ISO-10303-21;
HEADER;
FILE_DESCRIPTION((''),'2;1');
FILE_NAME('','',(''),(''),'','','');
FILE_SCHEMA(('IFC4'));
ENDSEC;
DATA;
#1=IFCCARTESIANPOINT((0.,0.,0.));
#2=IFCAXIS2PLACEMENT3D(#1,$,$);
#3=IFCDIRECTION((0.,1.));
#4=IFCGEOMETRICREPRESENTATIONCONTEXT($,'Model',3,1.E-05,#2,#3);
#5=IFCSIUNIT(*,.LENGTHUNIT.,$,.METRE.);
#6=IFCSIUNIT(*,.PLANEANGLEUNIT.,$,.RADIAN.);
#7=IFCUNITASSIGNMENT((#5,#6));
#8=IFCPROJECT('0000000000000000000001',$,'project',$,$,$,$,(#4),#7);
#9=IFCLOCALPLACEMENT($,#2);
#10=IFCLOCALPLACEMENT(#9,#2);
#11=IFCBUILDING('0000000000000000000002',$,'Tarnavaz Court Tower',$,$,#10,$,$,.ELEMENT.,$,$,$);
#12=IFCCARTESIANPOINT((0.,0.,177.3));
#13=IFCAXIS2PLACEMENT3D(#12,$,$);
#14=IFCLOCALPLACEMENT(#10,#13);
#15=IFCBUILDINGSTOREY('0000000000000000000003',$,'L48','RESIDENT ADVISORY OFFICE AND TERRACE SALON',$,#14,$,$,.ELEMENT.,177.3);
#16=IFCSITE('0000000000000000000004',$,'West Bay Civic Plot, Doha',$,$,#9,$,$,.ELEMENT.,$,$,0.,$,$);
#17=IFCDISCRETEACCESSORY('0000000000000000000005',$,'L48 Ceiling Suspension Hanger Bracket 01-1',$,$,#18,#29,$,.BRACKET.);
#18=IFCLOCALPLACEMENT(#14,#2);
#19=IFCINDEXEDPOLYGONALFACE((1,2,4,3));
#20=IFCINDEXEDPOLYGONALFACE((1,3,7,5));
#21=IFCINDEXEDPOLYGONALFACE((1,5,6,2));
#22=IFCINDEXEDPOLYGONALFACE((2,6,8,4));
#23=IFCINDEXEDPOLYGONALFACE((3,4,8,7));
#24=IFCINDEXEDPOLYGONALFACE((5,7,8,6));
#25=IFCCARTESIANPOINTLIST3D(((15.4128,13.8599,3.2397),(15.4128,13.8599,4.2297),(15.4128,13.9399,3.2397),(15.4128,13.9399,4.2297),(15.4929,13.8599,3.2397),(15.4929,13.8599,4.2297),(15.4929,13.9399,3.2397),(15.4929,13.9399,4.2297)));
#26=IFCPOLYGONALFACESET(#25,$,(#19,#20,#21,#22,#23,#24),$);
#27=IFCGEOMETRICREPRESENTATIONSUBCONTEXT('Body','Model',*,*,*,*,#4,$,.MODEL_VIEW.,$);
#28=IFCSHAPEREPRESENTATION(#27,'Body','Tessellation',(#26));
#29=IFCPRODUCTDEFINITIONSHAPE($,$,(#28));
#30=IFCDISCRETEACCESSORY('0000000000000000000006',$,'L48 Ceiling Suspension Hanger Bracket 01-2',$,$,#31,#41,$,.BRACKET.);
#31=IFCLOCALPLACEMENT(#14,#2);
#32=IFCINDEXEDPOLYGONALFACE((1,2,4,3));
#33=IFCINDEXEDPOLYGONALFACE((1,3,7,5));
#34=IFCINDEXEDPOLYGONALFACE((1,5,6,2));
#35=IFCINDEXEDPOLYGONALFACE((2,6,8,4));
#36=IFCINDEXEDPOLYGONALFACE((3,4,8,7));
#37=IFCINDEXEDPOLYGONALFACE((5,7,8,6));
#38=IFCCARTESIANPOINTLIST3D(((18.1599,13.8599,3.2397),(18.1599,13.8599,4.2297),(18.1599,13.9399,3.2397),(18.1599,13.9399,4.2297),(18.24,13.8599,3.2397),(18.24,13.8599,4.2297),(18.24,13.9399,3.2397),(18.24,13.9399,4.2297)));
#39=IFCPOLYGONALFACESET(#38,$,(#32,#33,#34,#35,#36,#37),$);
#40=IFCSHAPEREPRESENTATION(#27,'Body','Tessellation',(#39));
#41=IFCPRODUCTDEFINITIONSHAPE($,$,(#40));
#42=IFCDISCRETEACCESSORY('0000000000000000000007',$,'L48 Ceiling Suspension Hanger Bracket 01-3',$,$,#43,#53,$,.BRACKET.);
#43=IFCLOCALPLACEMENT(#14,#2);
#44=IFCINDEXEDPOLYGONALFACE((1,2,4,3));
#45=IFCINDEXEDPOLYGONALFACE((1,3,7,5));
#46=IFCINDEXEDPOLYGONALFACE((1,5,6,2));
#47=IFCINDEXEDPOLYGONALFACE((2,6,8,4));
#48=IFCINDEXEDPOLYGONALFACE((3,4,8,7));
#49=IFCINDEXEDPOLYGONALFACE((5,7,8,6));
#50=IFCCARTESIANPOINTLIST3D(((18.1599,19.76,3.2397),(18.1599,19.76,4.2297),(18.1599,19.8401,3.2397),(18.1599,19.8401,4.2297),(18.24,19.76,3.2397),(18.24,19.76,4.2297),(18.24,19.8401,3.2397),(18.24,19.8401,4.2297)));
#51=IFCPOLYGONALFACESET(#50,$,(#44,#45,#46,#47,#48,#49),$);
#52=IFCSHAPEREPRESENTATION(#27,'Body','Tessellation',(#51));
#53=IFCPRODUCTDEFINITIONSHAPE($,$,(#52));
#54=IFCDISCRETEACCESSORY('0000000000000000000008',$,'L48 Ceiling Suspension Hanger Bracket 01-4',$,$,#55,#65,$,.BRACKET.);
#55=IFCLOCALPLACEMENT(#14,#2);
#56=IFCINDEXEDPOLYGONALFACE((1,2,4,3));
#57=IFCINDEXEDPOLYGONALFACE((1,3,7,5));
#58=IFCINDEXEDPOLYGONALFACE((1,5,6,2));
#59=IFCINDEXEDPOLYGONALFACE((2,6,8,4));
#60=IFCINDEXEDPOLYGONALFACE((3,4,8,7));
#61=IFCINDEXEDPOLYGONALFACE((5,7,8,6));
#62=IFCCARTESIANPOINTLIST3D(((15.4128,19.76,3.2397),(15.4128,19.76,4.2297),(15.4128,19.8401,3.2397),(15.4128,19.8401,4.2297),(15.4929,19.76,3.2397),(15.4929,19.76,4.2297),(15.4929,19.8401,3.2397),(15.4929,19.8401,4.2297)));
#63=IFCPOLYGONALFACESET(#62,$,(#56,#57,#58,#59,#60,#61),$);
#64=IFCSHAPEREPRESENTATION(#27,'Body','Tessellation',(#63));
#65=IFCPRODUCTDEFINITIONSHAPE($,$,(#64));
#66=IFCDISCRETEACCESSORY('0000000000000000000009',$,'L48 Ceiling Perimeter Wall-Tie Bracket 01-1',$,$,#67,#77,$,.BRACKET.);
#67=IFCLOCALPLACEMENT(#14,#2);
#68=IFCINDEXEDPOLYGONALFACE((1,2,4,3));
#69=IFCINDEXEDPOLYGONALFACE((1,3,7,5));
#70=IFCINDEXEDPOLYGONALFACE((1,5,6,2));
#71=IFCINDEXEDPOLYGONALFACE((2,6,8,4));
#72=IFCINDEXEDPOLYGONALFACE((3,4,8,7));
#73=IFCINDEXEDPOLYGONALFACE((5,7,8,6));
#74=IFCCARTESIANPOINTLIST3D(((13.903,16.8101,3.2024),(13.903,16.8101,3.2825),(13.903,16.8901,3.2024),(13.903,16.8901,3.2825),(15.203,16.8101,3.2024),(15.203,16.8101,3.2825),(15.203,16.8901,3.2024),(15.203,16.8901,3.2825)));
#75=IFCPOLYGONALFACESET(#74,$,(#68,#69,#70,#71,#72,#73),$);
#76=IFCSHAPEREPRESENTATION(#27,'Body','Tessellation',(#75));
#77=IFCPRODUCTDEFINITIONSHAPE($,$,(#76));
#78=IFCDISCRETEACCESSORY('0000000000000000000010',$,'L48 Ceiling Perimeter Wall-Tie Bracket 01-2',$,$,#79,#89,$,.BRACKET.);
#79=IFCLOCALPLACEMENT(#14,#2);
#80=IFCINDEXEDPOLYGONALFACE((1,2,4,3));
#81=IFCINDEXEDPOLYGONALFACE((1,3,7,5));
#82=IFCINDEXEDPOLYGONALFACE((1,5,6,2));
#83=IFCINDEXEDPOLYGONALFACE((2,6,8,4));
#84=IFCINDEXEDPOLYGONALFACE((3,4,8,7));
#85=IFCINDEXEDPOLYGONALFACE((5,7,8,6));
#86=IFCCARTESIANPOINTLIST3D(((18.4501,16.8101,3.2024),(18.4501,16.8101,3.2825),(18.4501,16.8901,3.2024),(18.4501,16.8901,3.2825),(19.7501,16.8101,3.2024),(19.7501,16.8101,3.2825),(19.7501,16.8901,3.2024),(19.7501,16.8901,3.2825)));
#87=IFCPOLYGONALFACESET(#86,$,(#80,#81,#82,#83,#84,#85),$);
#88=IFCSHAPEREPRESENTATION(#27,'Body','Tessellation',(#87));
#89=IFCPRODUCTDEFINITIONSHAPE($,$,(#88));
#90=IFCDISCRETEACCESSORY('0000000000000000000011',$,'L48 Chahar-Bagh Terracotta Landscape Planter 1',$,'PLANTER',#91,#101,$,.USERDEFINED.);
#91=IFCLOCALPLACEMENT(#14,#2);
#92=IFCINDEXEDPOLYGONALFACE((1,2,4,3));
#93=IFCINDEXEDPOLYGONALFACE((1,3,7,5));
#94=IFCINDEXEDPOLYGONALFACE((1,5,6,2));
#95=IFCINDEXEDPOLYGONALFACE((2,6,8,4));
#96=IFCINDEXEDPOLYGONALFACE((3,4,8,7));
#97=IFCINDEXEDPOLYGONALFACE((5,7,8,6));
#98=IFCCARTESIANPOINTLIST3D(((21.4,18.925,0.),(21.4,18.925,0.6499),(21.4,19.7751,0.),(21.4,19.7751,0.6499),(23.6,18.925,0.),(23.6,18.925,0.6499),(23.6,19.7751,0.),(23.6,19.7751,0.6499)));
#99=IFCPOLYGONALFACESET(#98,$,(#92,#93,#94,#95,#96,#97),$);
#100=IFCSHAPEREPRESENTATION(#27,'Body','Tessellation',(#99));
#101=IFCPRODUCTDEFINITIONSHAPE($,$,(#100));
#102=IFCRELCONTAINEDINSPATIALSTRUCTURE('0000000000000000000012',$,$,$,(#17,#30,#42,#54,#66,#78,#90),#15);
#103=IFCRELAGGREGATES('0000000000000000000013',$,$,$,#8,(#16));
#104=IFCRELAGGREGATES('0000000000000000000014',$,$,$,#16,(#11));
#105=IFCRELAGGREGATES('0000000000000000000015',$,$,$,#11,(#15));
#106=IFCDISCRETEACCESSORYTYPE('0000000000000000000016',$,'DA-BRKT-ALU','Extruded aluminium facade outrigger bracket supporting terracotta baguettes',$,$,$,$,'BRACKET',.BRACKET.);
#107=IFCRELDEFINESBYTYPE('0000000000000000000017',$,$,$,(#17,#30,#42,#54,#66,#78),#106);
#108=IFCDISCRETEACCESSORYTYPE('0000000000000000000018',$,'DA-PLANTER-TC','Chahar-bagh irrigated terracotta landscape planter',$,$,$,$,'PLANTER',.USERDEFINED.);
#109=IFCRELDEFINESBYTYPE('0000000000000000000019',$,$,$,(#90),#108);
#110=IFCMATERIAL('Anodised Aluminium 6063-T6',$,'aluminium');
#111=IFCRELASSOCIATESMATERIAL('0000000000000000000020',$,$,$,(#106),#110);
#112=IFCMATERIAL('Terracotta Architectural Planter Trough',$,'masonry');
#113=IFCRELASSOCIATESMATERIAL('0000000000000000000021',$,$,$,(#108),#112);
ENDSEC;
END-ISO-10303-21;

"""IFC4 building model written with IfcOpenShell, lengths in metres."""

from ifc_helpers import new_model, si_unit, direction, frame, origin, origin_2d, place, context, subcontext, project, spatial, rectangle, extrude, material, type_object, element, save


model = new_model("IFC4")

# Units and contexts
model_context = context("Model", 3, precision=1e-05, world=origin(), true_north=direction((0.0, 1.0)))
body_context = subcontext(model_context, "Body", "Model", "MODEL_VIEW")
ifc_project = project(units=[si_unit("LENGTHUNIT", "METRE"), si_unit("PLANEANGLEUNIT", "RADIAN")], contexts=[model_context])

# Site, building, storey
site_placement = place(None, origin())
site = spatial("IfcSite", under=ifc_project, at=site_placement, Name="West Bay Civic Plot, Doha", CompositionType="ELEMENT", RefElevation=0.0)
building_placement = place(site_placement, origin())
building = spatial("IfcBuilding", under=site, at=building_placement, Name="Tarnavaz Court Tower", CompositionType="ELEMENT")
storey_placement = place(building_placement, frame((0.0, 0.0, 177.3)))
storey = spatial("IfcBuildingStorey", under=building, at=storey_placement, Name="L48", Description="RESIDENT ADVISORY OFFICE AND TERRACE SALON", CompositionType="ELEMENT", Elevation=177.3)

# Shared definitions
ifc_material_1 = material(Name="Anodised Aluminium 6063-T6", Category="aluminium")

# Discrete accessories
discrete_accessory_type_1 = type_object("IfcDiscreteAccessoryType", Name="DA-BRKT-ALU", Description="Extruded aluminium facade outrigger bracket supporting terracotta baguettes", ElementType="BRACKET", PredefinedType="BRACKET", material=ifc_material_1)
for number, where, z_axis, x_axis, name in (
    (1, (15.4529, 13.8999, 3.2397), (0.0, 0.0, 1.0), (1.0, 0.0, 0.0), "L48 Ceiling Suspension Hanger Bracket 01-1"),
    (2, (18.2, 13.8999, 3.2397), (0.0, 0.0, 1.0), (1.0, 0.0, 0.0), "L48 Ceiling Suspension Hanger Bracket 01-2"),
    (3, (18.2, 19.8, 3.2397), (0.0, 0.0, 1.0), (1.0, 0.0, 0.0), "L48 Ceiling Suspension Hanger Bracket 01-3"),
    (4, (15.4529, 19.8, 3.2397), (0.0, 0.0, 1.0), (1.0, 0.0, 0.0), "L48 Ceiling Suspension Hanger Bracket 01-4"),
):
    element("IfcDiscreteAccessory", number, at=place(storey_placement, frame(where, z_axis=z_axis, x_axis=x_axis)), inside=storey, type_object=discrete_accessory_type_1, Name=name, PredefinedType="BRACKET", context=body_context, shape_type="SweptSolid", body=[
        extrude(rectangle(XDim=0.0801, YDim=0.0801, at=origin_2d()), origin(), (0.0, 0.0, 1.0), 0.99),
    ])
for number, where, z_axis, x_axis, name in (
    (5, (14.553, 16.8501, 3.2024), (0.0, 0.0, 1.0), (1.0, 0.0, 0.0), "L48 Ceiling Perimeter Wall-Tie Bracket 01-1"),
    (6, (19.1001, 16.8501, 3.2024), (0.0, 0.0, 1.0), (1.0, 0.0, 0.0), "L48 Ceiling Perimeter Wall-Tie Bracket 01-2"),
):
    element("IfcDiscreteAccessory", number, at=place(storey_placement, frame(where, z_axis=z_axis, x_axis=x_axis)), inside=storey, type_object=discrete_accessory_type_1, Name=name, PredefinedType="BRACKET", context=body_context, shape_type="SweptSolid", body=[
        extrude(rectangle(XDim=1.3, YDim=0.0801, at=origin_2d()), origin(), (0.0, 0.0, 1.0), 0.0801),
    ])
ifc_material_2 = material(Name="Terracotta Architectural Planter Trough", Category="masonry")
discrete_accessory_type_2 = type_object("IfcDiscreteAccessoryType", Name="DA-PLANTER-TC", Description="Chahar-bagh irrigated terracotta landscape planter", ElementType="PLANTER", PredefinedType="USERDEFINED", material=ifc_material_2)
discrete_accessory_placement = place(storey_placement, frame((22.5, 19.3501, 0.0), z_axis=(0.0, 0.0, 1.0), x_axis=(1.0, 0.0, 0.0)))
element("IfcDiscreteAccessory", 7, at=discrete_accessory_placement, inside=storey, type_object=discrete_accessory_type_2, Name="L48 Chahar-Bagh Terracotta Landscape Planter 1", ObjectType="PLANTER", PredefinedType="USERDEFINED", context=body_context, shape_type="SweptSolid", body=[
    extrude(rectangle(XDim=2.2, YDim=0.8501, at=origin_2d()), origin(), (0.0, 0.0, 1.0), 0.6499),
])

save(model, "model.ifc")
